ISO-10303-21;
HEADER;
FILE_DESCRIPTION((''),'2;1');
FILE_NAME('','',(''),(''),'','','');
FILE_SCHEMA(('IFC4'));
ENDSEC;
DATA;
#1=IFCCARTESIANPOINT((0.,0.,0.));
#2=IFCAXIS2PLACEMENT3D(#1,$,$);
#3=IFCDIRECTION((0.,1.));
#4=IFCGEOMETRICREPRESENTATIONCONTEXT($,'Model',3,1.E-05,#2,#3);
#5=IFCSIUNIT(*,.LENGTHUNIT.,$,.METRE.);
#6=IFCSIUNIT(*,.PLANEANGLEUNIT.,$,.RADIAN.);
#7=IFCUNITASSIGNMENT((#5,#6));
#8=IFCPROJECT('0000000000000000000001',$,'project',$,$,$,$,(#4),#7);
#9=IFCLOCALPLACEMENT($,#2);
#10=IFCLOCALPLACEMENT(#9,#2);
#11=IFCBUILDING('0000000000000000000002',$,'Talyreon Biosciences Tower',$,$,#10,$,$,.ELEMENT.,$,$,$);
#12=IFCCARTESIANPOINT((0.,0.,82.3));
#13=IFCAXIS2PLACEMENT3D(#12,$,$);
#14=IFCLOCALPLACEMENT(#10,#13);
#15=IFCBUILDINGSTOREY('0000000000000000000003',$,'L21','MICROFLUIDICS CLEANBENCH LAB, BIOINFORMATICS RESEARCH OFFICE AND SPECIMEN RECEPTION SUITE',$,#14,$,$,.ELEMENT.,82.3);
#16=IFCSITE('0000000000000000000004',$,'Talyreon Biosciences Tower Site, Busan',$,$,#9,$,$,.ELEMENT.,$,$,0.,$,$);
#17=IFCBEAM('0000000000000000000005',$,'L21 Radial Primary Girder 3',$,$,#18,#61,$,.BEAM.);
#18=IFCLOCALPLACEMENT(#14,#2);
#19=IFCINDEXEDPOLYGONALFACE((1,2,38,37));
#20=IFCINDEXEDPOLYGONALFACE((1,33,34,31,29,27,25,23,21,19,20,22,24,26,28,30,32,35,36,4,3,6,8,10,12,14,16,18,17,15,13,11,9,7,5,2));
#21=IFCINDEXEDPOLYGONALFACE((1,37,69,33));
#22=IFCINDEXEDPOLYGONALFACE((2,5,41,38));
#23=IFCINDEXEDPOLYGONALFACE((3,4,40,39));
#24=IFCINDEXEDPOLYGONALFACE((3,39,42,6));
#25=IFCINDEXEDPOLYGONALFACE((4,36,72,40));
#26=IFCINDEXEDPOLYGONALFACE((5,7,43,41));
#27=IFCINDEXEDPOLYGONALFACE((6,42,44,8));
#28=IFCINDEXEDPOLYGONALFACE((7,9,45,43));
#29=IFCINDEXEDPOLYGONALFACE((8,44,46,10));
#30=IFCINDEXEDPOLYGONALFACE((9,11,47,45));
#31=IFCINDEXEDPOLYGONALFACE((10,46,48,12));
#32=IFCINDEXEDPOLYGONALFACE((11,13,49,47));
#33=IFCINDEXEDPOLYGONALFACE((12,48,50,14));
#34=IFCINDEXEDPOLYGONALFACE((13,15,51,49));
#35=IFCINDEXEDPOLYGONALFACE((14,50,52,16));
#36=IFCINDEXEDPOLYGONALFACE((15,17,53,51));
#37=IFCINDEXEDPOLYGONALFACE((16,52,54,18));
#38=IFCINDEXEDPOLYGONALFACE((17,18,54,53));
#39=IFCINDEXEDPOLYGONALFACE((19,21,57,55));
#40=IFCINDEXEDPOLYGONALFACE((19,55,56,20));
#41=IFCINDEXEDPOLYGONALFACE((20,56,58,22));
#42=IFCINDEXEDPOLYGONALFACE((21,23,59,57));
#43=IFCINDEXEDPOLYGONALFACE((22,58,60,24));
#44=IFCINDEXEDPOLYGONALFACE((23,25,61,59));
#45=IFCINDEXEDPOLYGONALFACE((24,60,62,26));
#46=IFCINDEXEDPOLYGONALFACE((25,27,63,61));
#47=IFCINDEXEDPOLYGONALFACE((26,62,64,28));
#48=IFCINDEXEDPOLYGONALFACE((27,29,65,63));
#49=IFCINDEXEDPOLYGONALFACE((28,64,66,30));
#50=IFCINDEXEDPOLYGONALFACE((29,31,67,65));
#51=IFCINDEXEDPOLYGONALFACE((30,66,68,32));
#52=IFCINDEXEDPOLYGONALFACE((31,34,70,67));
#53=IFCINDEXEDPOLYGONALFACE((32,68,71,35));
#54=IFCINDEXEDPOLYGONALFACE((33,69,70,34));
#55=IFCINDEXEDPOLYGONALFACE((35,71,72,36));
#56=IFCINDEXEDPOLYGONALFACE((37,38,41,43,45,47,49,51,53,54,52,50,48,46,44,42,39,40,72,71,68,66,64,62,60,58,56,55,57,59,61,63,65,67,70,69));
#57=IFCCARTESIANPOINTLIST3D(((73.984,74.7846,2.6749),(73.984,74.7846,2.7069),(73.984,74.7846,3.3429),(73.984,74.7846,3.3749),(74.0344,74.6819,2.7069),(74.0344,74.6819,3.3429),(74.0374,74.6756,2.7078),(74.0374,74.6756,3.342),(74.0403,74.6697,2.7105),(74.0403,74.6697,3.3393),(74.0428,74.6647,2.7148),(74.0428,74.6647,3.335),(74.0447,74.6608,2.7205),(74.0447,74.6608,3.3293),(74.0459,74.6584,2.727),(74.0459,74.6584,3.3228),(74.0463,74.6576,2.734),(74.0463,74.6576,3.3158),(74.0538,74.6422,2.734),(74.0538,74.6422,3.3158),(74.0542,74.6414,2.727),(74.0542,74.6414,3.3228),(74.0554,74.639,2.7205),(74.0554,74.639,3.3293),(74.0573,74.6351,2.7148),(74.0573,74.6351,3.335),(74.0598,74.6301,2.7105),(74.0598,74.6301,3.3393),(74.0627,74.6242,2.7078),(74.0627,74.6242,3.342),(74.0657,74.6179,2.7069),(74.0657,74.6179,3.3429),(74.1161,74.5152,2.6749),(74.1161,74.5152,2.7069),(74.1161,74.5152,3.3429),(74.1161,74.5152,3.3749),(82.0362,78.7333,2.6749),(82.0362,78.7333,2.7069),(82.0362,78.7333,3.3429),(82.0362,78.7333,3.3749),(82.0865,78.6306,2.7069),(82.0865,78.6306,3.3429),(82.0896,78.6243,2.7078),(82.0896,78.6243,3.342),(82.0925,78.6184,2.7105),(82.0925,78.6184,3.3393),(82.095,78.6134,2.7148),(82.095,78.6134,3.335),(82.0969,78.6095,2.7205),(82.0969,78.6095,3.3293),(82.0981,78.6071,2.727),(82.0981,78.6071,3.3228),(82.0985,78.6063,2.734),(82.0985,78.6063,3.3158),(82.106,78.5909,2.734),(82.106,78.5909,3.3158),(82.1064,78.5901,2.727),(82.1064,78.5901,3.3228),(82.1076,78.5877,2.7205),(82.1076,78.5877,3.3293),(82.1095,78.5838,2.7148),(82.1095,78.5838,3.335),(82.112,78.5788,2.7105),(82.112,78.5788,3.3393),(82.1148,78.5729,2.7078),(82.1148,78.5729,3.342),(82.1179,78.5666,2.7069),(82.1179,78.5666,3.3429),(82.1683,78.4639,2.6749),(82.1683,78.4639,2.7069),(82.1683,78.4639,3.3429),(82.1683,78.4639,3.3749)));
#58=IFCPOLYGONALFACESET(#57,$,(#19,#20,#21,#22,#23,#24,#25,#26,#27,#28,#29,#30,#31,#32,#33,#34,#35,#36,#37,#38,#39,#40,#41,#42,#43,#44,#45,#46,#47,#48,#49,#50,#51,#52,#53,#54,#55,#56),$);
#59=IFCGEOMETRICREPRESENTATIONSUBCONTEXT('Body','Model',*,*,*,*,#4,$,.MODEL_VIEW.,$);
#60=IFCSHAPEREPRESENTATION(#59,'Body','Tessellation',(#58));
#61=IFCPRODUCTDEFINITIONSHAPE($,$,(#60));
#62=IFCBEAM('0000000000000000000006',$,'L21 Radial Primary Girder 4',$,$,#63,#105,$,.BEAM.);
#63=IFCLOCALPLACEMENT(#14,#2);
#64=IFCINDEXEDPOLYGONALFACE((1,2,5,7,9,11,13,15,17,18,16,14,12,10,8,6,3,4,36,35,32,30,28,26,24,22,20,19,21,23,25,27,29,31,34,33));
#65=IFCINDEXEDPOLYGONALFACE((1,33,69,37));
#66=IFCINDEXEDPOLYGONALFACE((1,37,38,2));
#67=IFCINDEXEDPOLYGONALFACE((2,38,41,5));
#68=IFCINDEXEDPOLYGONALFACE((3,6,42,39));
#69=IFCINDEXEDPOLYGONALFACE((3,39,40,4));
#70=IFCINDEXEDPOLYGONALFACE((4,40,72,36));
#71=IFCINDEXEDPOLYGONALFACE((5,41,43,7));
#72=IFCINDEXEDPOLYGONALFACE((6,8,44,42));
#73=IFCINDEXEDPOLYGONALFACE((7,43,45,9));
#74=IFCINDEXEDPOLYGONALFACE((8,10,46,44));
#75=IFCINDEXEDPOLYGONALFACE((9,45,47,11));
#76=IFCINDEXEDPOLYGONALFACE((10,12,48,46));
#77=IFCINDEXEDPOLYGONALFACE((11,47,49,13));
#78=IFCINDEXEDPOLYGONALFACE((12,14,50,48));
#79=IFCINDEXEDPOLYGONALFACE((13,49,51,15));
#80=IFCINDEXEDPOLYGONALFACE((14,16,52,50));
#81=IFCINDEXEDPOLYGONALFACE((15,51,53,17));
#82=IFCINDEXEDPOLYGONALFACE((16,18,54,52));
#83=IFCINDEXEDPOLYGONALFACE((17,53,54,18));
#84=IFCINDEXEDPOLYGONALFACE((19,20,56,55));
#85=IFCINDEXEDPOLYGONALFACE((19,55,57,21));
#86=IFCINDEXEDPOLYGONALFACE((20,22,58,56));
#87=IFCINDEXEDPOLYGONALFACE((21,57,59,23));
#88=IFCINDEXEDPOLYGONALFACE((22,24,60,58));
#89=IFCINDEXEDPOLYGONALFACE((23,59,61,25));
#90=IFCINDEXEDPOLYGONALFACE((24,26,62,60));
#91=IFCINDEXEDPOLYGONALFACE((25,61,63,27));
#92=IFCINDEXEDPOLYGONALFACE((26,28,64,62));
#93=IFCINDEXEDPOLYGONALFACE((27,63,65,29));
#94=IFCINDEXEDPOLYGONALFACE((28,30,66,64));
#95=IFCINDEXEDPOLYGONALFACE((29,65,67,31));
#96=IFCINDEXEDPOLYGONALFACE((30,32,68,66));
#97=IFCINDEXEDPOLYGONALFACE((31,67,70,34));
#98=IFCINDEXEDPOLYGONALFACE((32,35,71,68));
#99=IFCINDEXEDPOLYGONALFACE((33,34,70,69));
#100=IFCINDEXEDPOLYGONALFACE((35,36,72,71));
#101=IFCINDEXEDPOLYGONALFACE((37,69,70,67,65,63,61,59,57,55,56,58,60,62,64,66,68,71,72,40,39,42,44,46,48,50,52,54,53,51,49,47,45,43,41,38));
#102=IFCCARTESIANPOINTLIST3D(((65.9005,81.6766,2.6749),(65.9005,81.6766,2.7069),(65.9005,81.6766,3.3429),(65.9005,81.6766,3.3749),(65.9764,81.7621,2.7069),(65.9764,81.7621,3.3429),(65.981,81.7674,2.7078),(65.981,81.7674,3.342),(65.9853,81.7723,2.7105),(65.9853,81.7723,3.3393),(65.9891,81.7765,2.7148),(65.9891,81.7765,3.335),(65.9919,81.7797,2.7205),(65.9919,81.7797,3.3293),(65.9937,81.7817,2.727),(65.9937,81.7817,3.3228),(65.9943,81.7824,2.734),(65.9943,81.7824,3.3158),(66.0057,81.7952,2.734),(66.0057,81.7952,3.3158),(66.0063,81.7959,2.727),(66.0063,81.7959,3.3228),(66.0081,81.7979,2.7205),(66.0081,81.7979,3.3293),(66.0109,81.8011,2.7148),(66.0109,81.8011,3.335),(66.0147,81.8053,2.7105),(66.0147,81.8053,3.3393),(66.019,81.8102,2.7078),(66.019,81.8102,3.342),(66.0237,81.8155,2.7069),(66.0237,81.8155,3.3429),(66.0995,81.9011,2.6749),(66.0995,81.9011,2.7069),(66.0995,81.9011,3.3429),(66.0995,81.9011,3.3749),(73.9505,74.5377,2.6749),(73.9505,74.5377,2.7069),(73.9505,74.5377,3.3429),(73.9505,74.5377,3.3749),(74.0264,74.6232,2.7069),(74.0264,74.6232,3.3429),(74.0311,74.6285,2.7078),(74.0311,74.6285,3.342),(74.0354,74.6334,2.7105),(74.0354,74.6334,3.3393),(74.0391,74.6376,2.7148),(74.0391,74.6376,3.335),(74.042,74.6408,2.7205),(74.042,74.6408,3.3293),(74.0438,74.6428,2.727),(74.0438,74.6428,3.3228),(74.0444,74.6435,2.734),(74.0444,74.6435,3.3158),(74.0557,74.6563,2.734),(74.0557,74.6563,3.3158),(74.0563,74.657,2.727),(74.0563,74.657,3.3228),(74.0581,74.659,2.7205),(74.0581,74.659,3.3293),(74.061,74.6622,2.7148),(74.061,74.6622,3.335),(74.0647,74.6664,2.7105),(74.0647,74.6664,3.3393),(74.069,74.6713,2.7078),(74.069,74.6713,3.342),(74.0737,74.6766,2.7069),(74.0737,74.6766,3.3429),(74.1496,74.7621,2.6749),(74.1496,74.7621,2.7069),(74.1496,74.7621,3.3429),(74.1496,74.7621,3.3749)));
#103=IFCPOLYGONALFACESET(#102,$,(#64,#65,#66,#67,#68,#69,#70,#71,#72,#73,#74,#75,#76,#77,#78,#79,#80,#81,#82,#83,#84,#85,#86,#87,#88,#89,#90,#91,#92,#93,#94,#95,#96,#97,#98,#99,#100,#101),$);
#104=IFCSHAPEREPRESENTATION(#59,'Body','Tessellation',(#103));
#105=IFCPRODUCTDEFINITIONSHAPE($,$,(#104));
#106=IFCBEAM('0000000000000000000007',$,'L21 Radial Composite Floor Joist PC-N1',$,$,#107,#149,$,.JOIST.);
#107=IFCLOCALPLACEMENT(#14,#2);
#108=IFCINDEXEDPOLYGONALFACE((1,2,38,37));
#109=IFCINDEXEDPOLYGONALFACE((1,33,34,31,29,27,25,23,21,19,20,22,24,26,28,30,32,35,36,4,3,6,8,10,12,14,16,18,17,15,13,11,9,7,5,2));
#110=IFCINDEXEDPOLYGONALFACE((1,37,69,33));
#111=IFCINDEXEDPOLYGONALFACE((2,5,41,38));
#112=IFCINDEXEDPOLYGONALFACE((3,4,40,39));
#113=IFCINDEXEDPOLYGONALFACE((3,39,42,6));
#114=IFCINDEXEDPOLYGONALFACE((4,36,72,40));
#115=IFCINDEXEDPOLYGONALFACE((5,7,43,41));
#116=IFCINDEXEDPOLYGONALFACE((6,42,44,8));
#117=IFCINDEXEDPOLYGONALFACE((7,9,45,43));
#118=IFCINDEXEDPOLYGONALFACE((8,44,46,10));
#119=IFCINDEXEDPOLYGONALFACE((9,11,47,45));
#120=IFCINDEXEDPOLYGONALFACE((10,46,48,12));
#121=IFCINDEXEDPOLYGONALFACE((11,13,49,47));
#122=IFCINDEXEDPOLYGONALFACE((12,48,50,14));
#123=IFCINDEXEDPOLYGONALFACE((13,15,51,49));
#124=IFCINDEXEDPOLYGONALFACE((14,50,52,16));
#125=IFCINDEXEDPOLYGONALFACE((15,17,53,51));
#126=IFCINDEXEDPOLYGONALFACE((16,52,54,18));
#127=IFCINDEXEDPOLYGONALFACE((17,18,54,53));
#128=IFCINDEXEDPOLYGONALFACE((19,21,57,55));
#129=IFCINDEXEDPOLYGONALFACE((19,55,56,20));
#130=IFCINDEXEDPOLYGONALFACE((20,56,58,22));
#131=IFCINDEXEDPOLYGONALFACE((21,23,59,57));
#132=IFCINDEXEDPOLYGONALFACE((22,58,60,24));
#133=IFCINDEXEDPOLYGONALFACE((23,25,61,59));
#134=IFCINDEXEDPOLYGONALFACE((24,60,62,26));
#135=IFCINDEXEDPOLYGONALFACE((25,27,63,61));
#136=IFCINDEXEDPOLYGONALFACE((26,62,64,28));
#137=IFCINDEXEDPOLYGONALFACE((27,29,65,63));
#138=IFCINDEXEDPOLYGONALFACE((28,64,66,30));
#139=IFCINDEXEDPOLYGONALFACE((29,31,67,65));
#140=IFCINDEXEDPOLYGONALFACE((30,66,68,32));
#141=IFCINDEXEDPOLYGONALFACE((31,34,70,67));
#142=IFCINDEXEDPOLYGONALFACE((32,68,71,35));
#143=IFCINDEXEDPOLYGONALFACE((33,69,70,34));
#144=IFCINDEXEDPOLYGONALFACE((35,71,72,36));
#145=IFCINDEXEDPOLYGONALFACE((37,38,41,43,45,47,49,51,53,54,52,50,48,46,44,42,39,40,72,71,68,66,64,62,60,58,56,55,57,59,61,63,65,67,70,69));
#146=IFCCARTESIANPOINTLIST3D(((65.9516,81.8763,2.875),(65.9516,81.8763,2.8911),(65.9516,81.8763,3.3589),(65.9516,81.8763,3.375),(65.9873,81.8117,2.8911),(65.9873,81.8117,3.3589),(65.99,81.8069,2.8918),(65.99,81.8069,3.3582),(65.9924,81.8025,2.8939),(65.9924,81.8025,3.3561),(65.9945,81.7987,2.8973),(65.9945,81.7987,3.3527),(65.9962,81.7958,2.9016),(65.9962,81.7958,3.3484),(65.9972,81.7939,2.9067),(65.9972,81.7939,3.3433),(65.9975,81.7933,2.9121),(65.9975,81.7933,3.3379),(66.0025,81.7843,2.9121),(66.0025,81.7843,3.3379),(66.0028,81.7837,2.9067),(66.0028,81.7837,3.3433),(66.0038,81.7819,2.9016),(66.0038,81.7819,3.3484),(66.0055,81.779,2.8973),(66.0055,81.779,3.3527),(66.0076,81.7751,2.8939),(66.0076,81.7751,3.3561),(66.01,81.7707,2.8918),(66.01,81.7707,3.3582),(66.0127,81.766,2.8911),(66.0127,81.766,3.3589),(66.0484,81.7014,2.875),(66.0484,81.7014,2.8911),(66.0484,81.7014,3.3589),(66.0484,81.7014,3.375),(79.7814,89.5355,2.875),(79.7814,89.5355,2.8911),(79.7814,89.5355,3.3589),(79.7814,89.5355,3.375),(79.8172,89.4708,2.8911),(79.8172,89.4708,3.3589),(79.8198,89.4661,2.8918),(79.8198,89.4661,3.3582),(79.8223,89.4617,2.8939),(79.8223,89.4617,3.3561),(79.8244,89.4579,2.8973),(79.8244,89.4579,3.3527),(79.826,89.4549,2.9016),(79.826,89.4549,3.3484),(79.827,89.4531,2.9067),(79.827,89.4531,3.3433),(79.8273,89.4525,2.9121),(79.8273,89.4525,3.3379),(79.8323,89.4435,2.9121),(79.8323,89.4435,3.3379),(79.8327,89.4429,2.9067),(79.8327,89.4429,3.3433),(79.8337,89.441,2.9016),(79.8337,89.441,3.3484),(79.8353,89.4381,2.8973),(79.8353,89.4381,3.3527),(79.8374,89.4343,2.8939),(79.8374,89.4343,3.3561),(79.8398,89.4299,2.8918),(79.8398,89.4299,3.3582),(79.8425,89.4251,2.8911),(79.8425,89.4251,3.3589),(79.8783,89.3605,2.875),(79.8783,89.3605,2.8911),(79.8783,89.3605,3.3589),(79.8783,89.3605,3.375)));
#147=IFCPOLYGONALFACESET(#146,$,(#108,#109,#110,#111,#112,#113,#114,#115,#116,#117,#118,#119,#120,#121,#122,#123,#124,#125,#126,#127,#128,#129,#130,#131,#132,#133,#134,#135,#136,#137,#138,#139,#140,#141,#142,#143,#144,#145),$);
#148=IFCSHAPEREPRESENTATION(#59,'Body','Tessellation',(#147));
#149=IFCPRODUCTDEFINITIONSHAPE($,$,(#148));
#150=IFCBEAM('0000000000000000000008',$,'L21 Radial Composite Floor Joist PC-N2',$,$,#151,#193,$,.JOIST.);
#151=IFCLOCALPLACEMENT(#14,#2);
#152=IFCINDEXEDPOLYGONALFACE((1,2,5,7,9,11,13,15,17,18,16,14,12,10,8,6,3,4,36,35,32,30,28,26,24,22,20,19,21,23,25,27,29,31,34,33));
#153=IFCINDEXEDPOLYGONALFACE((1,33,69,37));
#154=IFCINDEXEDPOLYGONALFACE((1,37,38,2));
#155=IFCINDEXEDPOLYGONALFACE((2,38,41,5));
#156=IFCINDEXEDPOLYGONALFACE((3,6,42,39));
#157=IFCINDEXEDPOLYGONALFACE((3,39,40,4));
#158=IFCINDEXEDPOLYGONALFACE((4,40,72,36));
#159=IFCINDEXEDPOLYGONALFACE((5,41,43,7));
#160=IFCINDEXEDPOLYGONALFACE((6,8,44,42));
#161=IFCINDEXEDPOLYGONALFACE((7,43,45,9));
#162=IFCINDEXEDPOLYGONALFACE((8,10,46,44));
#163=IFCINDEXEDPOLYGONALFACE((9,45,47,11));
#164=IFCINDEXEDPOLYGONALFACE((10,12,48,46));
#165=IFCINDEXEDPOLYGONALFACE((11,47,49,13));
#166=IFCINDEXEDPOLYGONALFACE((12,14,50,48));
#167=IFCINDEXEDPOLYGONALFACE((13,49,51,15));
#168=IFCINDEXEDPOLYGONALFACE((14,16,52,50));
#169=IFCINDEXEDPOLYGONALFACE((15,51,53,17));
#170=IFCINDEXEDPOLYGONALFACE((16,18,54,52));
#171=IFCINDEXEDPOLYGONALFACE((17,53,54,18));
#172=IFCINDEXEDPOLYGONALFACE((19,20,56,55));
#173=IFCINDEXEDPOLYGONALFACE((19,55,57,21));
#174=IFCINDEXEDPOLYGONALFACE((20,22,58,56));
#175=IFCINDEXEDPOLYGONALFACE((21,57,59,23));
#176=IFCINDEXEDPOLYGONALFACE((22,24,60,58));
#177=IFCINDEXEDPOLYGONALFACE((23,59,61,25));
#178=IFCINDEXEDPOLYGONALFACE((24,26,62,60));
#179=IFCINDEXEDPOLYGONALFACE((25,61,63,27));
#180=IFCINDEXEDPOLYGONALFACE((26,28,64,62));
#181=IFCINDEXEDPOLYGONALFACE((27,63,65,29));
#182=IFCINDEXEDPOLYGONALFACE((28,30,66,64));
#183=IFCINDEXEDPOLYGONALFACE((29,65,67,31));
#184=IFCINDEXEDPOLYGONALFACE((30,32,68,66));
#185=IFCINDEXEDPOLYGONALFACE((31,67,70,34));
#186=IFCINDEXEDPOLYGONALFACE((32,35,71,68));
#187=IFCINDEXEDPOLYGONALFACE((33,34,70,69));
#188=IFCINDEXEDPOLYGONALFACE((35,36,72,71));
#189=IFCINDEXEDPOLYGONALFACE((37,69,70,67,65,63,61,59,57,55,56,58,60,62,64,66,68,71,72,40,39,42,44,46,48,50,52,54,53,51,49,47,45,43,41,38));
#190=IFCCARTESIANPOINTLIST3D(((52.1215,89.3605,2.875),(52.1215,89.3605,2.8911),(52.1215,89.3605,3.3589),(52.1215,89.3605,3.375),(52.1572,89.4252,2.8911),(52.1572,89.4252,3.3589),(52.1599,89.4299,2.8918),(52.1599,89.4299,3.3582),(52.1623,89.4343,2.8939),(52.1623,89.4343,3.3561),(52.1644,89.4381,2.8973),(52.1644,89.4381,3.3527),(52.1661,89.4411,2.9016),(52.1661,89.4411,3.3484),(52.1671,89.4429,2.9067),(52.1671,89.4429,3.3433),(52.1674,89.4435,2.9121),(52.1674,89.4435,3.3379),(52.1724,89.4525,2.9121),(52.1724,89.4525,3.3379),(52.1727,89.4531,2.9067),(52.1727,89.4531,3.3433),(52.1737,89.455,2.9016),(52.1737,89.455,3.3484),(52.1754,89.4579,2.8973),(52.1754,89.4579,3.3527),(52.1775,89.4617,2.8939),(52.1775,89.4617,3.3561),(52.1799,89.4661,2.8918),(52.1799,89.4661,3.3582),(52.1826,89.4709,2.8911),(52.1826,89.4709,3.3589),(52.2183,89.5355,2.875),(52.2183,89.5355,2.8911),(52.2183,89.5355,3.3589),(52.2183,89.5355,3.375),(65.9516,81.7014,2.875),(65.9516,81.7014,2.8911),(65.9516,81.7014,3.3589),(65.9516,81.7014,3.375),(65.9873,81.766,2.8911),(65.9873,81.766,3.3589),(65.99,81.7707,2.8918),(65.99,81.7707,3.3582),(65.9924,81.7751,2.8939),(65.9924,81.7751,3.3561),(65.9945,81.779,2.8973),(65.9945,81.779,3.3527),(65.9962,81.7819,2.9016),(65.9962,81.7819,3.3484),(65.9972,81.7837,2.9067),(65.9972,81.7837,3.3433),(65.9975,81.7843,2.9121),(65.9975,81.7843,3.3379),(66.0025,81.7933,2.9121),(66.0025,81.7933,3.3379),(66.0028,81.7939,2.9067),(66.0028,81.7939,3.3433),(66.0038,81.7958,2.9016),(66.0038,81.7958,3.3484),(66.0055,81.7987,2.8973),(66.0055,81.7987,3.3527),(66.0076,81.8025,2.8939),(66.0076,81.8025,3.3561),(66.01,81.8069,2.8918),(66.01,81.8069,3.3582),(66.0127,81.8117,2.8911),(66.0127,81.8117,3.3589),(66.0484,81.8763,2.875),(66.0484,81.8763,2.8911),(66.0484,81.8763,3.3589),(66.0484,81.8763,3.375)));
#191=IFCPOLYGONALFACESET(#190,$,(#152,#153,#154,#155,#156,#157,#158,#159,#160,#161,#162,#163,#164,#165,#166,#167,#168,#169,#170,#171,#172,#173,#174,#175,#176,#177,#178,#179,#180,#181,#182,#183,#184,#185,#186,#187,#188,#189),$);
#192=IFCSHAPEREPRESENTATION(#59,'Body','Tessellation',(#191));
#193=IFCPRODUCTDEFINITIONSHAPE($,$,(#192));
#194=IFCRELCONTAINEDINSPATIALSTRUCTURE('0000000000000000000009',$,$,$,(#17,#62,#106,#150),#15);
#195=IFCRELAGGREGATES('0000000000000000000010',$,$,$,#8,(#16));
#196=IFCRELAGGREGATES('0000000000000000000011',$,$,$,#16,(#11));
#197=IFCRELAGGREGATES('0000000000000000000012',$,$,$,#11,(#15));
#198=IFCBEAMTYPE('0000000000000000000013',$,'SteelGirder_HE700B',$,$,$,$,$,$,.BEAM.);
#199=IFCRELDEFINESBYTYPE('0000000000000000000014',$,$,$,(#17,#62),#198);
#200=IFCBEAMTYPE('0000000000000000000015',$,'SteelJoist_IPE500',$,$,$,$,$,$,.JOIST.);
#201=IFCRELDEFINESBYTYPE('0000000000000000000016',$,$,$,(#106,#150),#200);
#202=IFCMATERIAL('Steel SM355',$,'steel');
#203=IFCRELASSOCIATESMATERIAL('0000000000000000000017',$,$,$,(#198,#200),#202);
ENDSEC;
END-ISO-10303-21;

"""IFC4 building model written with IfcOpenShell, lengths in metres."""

from ifc_helpers import new_model, si_unit, direction, frame, origin, origin_2d, place, context, subcontext, project, spatial, i_section, extrude, material, material_profile, profile_set, type_object, element, save


model = new_model("IFC4")

# Units and contexts
model_context = context("Model", 3, precision=1e-05, world=origin(), true_north=direction((0.0, 1.0)))
body_context = subcontext(model_context, "Body", "Model", "MODEL_VIEW")
ifc_project = project(units=[si_unit("LENGTHUNIT", "METRE"), si_unit("PLANEANGLEUNIT", "RADIAN")], contexts=[model_context])

# Site, building, storey
site_placement = place(None, origin())
site = spatial("IfcSite", under=ifc_project, at=site_placement, Name="Talyreon Biosciences Tower Site, Busan", CompositionType="ELEMENT", RefElevation=0.0)
building_placement = place(site_placement, origin())
building = spatial("IfcBuilding", under=site, at=building_placement, Name="Talyreon Biosciences Tower", CompositionType="ELEMENT")
storey_placement = place(building_placement, frame((0.0, 0.0, 82.3)))
storey = spatial("IfcBuildingStorey", under=building, at=storey_placement, Name="L21", Description="MICROFLUIDICS CLEANBENCH LAB, BIOINFORMATICS RESEARCH OFFICE AND SPECIMEN RECEPTION SUITE", CompositionType="ELEMENT", Elevation=82.3)

# Beams
ifc_material_1 = material(Name="Steel SM355", Category="steel")
ifc_material_profile_1 = material_profile(ifc_material_1, i_section(OverallWidth=0.3, OverallDepth=0.7, WebThickness=0.0171, FlangeThickness=0.032, FilletRadius=0.0271, at=origin_2d()), Name="HE700B")
ifc_profile_set_1 = profile_set([ifc_material_profile_1], Name="Steel SM355")
beam_type_1 = type_object("IfcBeamType", Name="SteelGirder_HE700B", PredefinedType="BEAM", material=ifc_profile_set_1)
beam_1_placement = place(storey_placement, frame((74.05, 74.6499, 3.0249), z_axis=(0.897852, 0.440297, 0.0), x_axis=(-0.440297, 0.897852, 0.0)))
element("IfcBeam", 1, at=beam_1_placement, inside=storey, type_object=beam_type_1, Name="L21 Radial Primary Girder 3", PredefinedType="BEAM", context=body_context, shape_type="SweptSolid", body=[
    extrude(i_section(OverallWidth=0.3, OverallDepth=0.7, WebThickness=0.0171, FlangeThickness=0.032, FilletRadius=0.0271, at=origin_2d()), origin(), (0.0, 0.0, 1.0), 8.9683),
])
beam_2_placement = place(storey_placement, frame((74.05, 74.6499, 3.0249), z_axis=(-0.748179, 0.663497, 0.0), x_axis=(-0.663497, -0.748179, 0.0)))
element("IfcBeam", 2, at=beam_2_placement, inside=storey, type_object=beam_type_1, Name="L21 Radial Primary Girder 4", PredefinedType="BEAM", context=body_context, shape_type="SweptSolid", body=[
    extrude(i_section(OverallWidth=0.3, OverallDepth=0.7, WebThickness=0.0171, FlangeThickness=0.032, FilletRadius=0.0271, at=origin_2d()), origin(), (0.0, 0.0, 1.0), 10.7595),
])
ifc_material_profile_2 = material_profile(ifc_material_1, i_section(OverallWidth=0.2, OverallDepth=0.5, WebThickness=0.0103, FlangeThickness=0.0161, FilletRadius=0.021, at=origin_2d()), Name="IPE500")
ifc_profile_set_2 = profile_set([ifc_material_profile_2], Name="Steel SM355")
beam_type_2 = type_object("IfcBeamType", Name="SteelJoist_IPE500", PredefinedType="JOIST", material=ifc_profile_set_2)
beam_3_placement = place(storey_placement, frame((66.0, 81.7888, 3.125), z_axis=(0.874803, 0.484479, 0.0), x_axis=(-0.484479, 0.874803, 0.0)))
element("IfcBeam", 3, at=beam_3_placement, inside=storey, type_object=beam_type_2, Name="L21 Radial Composite Floor Joist PC-N1", PredefinedType="JOIST", context=body_context, shape_type="SweptSolid", body=[
    extrude(i_section(OverallWidth=0.2, OverallDepth=0.5, WebThickness=0.0103, FlangeThickness=0.0161, FilletRadius=0.021, at=origin_2d()), origin(), (0.0, 0.0, 1.0), 15.8091),
])
beam_4_placement = place(storey_placement, frame((66.0, 81.7888, 3.125), z_axis=(-0.874806, 0.484473, 0.0), x_axis=(-0.484473, -0.874806, 0.0)))
element("IfcBeam", 4, at=beam_4_placement, inside=storey, type_object=beam_type_2, Name="L21 Radial Composite Floor Joist PC-N2", PredefinedType="JOIST", context=body_context, shape_type="SweptSolid", body=[
    extrude(i_section(OverallWidth=0.2, OverallDepth=0.5, WebThickness=0.0103, FlangeThickness=0.0161, FilletRadius=0.021, at=origin_2d()), origin(), (0.0, 0.0, 1.0), 15.8093),
])

save(model, "model.ifc")
